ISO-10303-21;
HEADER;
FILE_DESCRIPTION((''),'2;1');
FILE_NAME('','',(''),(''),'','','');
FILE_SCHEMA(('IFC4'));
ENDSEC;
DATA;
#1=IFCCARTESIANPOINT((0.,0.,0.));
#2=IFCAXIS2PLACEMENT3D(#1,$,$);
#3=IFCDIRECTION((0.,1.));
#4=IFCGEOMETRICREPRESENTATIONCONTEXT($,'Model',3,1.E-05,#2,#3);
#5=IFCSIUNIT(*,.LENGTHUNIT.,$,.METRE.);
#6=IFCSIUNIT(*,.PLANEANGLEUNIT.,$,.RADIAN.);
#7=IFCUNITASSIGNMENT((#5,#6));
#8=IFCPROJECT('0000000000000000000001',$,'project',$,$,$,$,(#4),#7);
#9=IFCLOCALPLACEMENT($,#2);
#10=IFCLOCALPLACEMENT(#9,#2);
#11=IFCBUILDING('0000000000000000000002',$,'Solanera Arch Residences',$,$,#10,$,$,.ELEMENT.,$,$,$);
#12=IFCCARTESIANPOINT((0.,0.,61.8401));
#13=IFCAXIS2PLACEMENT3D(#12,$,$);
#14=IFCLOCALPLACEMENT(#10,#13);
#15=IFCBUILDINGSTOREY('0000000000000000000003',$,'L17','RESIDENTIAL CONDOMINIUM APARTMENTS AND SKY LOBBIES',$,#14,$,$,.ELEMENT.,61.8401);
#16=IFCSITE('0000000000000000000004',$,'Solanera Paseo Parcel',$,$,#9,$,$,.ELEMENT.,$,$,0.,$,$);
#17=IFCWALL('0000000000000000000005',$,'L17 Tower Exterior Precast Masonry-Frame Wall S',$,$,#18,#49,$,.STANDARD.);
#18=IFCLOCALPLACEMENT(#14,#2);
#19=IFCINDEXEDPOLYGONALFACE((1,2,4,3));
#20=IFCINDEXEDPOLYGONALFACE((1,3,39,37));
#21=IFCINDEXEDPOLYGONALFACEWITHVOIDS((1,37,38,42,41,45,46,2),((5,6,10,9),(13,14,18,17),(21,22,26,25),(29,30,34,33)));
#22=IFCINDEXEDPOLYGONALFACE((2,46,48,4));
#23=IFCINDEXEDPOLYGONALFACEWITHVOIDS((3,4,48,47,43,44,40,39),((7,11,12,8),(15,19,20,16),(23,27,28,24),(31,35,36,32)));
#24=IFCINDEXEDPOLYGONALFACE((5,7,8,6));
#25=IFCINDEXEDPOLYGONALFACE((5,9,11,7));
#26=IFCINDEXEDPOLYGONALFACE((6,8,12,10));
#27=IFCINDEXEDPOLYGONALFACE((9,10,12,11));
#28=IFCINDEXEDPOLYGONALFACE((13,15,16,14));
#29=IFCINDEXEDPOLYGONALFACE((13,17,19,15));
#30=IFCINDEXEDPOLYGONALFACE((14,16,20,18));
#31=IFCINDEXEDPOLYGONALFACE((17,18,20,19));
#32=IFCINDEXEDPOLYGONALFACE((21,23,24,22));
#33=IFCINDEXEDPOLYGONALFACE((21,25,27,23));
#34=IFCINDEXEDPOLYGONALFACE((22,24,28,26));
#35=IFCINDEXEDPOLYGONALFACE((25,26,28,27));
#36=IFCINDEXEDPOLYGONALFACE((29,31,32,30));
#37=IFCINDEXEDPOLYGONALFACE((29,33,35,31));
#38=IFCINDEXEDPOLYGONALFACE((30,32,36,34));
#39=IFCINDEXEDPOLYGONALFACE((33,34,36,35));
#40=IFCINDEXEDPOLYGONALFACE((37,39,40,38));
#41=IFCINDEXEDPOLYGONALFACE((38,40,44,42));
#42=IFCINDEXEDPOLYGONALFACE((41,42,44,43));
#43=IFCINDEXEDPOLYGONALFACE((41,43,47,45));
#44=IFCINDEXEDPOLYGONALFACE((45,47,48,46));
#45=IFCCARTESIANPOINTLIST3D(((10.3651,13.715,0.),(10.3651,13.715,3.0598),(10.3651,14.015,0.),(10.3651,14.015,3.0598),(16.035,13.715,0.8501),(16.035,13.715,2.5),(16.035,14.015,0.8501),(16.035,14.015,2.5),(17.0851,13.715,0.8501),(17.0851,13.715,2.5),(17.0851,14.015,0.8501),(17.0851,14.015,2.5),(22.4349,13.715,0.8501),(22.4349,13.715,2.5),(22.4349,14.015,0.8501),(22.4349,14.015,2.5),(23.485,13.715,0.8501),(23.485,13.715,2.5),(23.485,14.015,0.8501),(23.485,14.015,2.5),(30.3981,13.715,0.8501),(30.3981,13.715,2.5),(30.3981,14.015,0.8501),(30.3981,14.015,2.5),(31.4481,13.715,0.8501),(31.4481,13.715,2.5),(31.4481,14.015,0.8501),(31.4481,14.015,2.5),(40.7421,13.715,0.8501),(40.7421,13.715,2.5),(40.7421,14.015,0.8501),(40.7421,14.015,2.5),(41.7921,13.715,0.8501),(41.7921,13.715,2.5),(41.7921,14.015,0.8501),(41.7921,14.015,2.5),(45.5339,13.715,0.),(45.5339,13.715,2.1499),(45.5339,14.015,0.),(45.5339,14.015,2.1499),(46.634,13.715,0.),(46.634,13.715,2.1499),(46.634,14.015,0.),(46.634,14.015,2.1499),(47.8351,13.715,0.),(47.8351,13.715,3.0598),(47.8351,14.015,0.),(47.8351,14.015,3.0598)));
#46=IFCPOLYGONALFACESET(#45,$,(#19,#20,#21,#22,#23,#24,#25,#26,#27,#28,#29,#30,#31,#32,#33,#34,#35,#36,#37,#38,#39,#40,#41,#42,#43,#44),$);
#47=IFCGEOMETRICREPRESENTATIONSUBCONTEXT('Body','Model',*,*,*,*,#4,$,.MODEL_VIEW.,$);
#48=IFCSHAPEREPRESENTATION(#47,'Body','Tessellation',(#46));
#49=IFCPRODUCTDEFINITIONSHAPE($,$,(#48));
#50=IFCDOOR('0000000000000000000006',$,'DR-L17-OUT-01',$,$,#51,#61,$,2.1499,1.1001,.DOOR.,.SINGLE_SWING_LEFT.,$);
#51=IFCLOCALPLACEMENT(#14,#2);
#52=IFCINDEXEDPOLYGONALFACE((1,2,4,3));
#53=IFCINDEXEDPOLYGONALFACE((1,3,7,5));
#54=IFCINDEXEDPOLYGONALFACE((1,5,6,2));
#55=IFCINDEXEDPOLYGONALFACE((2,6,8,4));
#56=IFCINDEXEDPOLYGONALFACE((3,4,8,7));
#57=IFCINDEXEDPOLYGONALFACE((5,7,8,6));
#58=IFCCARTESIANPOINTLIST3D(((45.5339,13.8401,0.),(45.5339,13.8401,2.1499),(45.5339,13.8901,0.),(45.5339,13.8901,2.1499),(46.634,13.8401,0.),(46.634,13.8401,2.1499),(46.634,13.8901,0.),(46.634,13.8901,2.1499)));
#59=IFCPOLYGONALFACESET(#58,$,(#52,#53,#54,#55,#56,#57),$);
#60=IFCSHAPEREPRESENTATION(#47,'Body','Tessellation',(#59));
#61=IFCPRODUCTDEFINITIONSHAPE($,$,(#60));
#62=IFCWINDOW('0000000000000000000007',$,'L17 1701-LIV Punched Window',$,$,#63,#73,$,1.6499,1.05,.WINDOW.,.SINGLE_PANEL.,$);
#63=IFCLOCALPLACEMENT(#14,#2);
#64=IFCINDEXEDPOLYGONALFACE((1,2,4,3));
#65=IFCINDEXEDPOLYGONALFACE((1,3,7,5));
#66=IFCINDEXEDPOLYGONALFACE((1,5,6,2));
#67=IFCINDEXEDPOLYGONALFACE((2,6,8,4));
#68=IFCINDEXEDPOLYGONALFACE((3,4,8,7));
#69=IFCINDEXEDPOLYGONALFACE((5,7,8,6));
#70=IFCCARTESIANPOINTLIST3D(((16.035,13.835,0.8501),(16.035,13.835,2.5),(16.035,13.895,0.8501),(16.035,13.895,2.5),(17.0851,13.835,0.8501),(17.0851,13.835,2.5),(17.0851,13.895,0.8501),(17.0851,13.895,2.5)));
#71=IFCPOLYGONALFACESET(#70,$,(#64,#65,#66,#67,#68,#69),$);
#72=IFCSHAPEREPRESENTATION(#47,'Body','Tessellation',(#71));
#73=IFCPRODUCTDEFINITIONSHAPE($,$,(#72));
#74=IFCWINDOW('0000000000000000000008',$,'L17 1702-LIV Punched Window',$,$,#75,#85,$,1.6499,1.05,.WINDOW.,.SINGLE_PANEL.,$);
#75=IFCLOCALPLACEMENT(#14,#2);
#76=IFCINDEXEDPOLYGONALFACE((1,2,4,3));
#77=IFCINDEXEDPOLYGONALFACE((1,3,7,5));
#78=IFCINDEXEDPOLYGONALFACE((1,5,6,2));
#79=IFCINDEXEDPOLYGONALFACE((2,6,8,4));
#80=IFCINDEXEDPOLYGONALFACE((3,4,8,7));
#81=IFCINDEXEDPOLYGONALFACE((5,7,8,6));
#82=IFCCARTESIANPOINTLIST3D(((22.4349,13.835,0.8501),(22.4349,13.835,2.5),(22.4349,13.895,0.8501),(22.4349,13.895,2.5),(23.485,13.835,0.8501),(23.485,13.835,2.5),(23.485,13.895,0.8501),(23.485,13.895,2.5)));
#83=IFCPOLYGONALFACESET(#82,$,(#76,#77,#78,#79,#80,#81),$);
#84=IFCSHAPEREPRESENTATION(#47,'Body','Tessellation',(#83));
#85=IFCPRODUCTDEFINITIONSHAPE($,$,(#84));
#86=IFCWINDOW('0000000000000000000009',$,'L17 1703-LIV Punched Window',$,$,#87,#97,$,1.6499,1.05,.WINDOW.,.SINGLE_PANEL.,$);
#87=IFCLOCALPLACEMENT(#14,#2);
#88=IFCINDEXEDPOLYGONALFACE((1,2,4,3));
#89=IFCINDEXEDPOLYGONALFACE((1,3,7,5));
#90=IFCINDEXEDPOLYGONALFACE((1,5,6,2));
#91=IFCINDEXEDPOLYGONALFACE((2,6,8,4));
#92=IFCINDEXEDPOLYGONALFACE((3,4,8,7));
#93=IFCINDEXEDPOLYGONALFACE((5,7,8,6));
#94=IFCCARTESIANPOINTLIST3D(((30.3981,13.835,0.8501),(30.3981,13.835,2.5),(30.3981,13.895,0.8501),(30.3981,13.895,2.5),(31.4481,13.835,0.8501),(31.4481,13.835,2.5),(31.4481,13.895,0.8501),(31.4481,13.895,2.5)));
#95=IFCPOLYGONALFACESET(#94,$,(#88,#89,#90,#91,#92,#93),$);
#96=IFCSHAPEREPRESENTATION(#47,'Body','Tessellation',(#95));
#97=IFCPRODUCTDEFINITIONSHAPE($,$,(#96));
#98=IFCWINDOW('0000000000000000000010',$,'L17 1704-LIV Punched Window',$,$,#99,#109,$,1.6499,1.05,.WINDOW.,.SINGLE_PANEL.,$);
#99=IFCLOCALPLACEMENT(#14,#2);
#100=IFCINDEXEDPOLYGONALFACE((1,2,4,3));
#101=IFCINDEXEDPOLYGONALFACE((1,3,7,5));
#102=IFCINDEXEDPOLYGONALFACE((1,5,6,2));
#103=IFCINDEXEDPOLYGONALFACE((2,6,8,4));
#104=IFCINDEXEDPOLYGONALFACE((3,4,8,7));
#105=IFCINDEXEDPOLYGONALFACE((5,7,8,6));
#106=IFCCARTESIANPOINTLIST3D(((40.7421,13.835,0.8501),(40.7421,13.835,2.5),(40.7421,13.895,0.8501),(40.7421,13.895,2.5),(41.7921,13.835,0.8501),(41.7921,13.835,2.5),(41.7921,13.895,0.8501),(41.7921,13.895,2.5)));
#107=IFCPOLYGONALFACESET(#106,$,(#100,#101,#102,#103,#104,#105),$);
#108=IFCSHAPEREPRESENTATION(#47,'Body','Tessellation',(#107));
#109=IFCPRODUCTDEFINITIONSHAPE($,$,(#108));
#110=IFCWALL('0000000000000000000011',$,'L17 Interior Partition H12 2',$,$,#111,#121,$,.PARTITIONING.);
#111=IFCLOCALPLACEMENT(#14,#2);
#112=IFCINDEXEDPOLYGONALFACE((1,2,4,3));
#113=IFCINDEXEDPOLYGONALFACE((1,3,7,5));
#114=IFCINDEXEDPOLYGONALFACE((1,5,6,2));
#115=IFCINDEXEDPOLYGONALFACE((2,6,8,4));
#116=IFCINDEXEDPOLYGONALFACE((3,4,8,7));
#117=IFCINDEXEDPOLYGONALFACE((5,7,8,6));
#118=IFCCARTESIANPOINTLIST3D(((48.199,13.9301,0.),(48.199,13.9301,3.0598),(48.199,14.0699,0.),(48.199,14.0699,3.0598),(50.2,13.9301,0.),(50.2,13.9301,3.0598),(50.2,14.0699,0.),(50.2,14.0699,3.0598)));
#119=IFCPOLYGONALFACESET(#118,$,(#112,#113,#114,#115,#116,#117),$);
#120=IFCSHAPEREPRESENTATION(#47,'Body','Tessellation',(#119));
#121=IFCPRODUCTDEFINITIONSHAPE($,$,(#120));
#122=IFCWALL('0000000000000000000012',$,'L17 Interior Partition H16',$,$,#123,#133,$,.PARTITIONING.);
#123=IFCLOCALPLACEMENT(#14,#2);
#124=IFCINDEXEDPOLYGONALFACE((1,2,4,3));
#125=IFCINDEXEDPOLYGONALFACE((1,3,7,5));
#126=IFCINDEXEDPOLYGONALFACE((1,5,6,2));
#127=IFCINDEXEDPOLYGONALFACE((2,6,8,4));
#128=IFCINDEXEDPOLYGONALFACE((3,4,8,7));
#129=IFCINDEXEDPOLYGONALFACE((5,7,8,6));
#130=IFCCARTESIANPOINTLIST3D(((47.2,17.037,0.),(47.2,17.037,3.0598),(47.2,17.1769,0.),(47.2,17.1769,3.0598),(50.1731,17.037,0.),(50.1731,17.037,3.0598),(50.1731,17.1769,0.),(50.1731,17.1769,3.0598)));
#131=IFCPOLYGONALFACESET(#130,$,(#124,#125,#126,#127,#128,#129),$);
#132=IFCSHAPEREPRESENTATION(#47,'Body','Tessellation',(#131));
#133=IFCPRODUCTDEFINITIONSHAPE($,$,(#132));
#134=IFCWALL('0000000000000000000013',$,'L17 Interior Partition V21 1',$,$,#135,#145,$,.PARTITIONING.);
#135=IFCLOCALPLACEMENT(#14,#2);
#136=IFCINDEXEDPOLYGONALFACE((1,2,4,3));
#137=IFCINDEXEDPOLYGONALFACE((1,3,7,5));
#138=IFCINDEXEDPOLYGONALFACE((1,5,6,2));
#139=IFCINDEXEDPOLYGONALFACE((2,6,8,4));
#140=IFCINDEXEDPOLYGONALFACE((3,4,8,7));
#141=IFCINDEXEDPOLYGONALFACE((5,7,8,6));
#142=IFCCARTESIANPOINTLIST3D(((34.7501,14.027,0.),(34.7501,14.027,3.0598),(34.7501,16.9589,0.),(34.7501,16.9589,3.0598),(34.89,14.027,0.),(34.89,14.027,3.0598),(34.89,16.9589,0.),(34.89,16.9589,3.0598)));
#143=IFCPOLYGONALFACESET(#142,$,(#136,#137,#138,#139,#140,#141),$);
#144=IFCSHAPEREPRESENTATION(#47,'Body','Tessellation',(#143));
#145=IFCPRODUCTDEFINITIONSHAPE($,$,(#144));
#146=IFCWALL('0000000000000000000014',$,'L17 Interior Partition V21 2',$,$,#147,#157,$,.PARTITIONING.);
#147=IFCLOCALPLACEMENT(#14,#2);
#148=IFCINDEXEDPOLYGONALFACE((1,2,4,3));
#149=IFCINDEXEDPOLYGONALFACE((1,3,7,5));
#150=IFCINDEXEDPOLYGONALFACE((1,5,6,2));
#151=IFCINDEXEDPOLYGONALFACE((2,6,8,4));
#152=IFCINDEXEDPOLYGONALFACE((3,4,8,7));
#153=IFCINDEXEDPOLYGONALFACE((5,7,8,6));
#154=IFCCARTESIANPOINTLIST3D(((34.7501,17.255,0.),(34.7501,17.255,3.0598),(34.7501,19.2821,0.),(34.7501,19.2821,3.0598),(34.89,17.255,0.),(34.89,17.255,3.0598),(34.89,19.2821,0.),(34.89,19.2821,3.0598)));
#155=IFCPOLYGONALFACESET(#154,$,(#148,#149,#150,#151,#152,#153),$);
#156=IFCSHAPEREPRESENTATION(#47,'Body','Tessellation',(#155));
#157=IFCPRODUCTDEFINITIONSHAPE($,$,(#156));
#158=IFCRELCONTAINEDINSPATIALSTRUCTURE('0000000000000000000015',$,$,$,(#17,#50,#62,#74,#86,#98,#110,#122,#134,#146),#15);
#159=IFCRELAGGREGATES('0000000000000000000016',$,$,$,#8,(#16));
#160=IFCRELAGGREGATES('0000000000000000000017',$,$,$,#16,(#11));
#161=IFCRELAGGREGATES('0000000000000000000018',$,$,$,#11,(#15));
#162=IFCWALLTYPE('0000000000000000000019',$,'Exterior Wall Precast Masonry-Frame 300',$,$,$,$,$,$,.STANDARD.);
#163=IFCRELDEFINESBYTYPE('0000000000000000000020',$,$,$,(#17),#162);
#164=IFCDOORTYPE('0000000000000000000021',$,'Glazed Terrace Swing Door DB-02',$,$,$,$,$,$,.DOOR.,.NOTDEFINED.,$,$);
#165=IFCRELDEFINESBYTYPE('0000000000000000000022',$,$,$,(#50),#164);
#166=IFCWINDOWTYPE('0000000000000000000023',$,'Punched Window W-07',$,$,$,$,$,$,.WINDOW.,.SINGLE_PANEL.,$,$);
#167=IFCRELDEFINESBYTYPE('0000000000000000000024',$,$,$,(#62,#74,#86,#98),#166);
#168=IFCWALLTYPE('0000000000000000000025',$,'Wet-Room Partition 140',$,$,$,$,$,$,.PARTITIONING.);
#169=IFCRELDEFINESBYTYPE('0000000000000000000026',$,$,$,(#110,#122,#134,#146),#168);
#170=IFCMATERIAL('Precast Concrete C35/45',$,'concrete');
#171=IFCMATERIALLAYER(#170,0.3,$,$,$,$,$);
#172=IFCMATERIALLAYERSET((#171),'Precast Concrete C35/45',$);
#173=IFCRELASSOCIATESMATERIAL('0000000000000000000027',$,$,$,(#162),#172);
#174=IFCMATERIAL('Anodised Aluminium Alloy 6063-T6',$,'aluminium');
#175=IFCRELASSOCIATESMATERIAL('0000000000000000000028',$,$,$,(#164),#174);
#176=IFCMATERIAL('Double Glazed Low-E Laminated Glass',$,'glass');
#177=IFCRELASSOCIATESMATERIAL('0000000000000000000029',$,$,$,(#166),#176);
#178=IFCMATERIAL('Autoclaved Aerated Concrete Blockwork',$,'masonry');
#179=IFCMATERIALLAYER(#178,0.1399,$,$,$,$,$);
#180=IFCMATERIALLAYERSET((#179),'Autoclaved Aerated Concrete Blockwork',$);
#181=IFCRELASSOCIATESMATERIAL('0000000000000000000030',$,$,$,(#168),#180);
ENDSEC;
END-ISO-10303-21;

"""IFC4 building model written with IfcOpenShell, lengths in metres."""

from ifc_helpers import new_model, si_unit, direction, frame, frame_2d, origin, place, context, subcontext, project, spatial, rectangle, extrude, material, layer, layer_set, type_object, element, fill, save


model = new_model("IFC4")

# Units and contexts
model_context = context("Model", 3, precision=1e-05, world=origin(), true_north=direction((0.0, 1.0)))
body_context = subcontext(model_context, "Body", "Model", "MODEL_VIEW")
ifc_project = project(units=[si_unit("LENGTHUNIT", "METRE"), si_unit("PLANEANGLEUNIT", "RADIAN")], contexts=[model_context])

# Site, building, storey
site_placement = place(None, origin())
site = spatial("IfcSite", under=ifc_project, at=site_placement, Name="Solanera Paseo Parcel", CompositionType="ELEMENT", RefElevation=0.0)
building_placement = place(site_placement, origin())
building = spatial("IfcBuilding", under=site, at=building_placement, Name="Solanera Arch Residences", CompositionType="ELEMENT")
storey_placement = place(building_placement, frame((0.0, 0.0, 61.8401)))
storey = spatial("IfcBuildingStorey", under=building, at=storey_placement, Name="L17", Description="RESIDENTIAL CONDOMINIUM APARTMENTS AND SKY LOBBIES", CompositionType="ELEMENT", Elevation=61.8401)

# Shared definitions
ifc_material_1 = material(Name="Precast Concrete C35/45", Category="concrete")
ifc_layer_1 = layer(ifc_material_1, 0.3)
ifc_layer_set_1 = layer_set([ifc_layer_1], Name="Precast Concrete C35/45")
wall_type_1 = type_object("IfcWallType", Name="Exterior Wall Precast Masonry-Frame 300", PredefinedType="STANDARD", material=ifc_layer_set_1)

# Wall, openings, door, windows
wall_1_placement = place(storey_placement, frame((47.835, 13.865, 0.0), z_axis=(0.0, 0.0, 1.0), x_axis=(-1.0, 0.0, 0.0)))
wall_1 = element("IfcWall", 1, at=wall_1_placement, inside=storey, type_object=wall_type_1, Name="L17 Tower Exterior Precast Masonry-Frame Wall S", PredefinedType="STANDARD", context=body_context, shape_type="SweptSolid", body=[
    extrude(rectangle(XDim=37.47, YDim=0.3, at=frame_2d((18.7349, 0.0))), origin(), (0.0, 0.0, 1.0), 3.0598),
])
opening_1_placement = place(wall_1_placement, frame((1.2009, 0.0, 0.0)))
opening_1 = element("IfcOpeningElement", 2, at=opening_1_placement, cuts=wall_1, PredefinedType="OPENING", context=body_context, shape_type="SweptSolid", body=[
    extrude(rectangle(XDim=1.1001, YDim=2.1499, at=frame_2d((0.55, 1.075))), frame((0.0, 0.1599, 0.0), z_axis=(0.0, -1.0, 0.0), x_axis=(1.0, 0.0, 0.0)), (0.0, 0.0, 1.0), 0.32),
])
opening_2_placement = place(wall_1_placement, frame((30.75, 0.0, 0.8501)))
opening_2 = element("IfcOpeningElement", 3, at=opening_2_placement, cuts=wall_1, PredefinedType="OPENING", context=body_context, shape_type="SweptSolid", body=[
    extrude(rectangle(XDim=1.05, YDim=1.6499, at=frame_2d((0.5249, 0.825))), frame((0.0, 0.1599, 0.0), z_axis=(0.0, -1.0, 0.0), x_axis=(1.0, 0.0, 0.0)), (0.0, 0.0, 1.0), 0.32),
])
opening_3_placement = place(wall_1_placement, frame((24.3501, 0.0, 0.8501)))
opening_3 = element("IfcOpeningElement", 4, at=opening_3_placement, cuts=wall_1, PredefinedType="OPENING", context=body_context, shape_type="SweptSolid", body=[
    extrude(rectangle(XDim=1.05, YDim=1.6499, at=frame_2d((0.5249, 0.825))), frame((0.0, 0.1599, 0.0), z_axis=(0.0, -1.0, 0.0), x_axis=(1.0, 0.0, 0.0)), (0.0, 0.0, 1.0), 0.32),
])
opening_4_placement = place(wall_1_placement, frame((16.387, 0.0, 0.8501)))
opening_4 = element("IfcOpeningElement", 5, at=opening_4_placement, cuts=wall_1, PredefinedType="OPENING", context=body_context, shape_type="SweptSolid", body=[
    extrude(rectangle(XDim=1.05, YDim=1.6499, at=frame_2d((0.5249, 0.825))), frame((0.0, 0.1599, 0.0), z_axis=(0.0, -1.0, 0.0), x_axis=(1.0, 0.0, 0.0)), (0.0, 0.0, 1.0), 0.32),
])
opening_5_placement = place(wall_1_placement, frame((6.043, 0.0, 0.8501)))
opening_5 = element("IfcOpeningElement", 6, at=opening_5_placement, cuts=wall_1, PredefinedType="OPENING", context=body_context, shape_type="SweptSolid", body=[
    extrude(rectangle(XDim=1.05, YDim=1.6499, at=frame_2d((0.5249, 0.825))), frame((0.0, 0.1599, 0.0), z_axis=(0.0, -1.0, 0.0), x_axis=(1.0, 0.0, 0.0)), (0.0, 0.0, 1.0), 0.32),
])
ifc_material_2 = material(Name="Anodised Aluminium Alloy 6063-T6", Category="aluminium")
door_type_1 = type_object("IfcDoorType", Name="Glazed Terrace Swing Door DB-02", OperationType="NOTDEFINED", PredefinedType="DOOR", material=ifc_material_2)
door_1_placement = place(opening_1_placement, origin())
door_1 = element("IfcDoor", 7, at=door_1_placement, inside=storey, type_object=door_type_1, Name="DR-L17-OUT-01", OperationType="SINGLE_SWING_LEFT", OverallHeight=2.1499, OverallWidth=1.1001, PredefinedType="DOOR", context=body_context, shape_type="SweptSolid", body=[
    extrude(rectangle(XDim=1.1001, YDim=2.1499, at=frame_2d((0.55, 1.075))), frame((0.0, 0.0249, 0.0), z_axis=(0.0, -1.0, 0.0), x_axis=(1.0, 0.0, 0.0)), (0.0, 0.0, 1.0), 0.05),
])
fill(opening_1, door_1)
ifc_material_3 = material(Name="Double Glazed Low-E Laminated Glass", Category="glass")
window_type = type_object("IfcWindowType", Name="Punched Window W-07", PartitioningType="SINGLE_PANEL", PredefinedType="WINDOW", material=ifc_material_3)
window_1_placement = place(opening_2_placement, origin())
window_1 = element("IfcWindow", 8, at=window_1_placement, inside=storey, type_object=window_type, Name="L17 1701-LIV Punched Window", OverallHeight=1.6499, OverallWidth=1.05, PartitioningType="SINGLE_PANEL", PredefinedType="WINDOW", context=body_context, shape_type="SweptSolid", body=[
    extrude(rectangle(XDim=1.05, YDim=1.6499, at=frame_2d((0.5249, 0.825))), frame((0.0, 0.03, 0.0), z_axis=(0.0, -1.0, 0.0), x_axis=(1.0, 0.0, 0.0)), (0.0, 0.0, 1.0), 0.0601),
])
fill(opening_2, window_1)
window_2_placement = place(opening_3_placement, origin())
window_2 = element("IfcWindow", 9, at=window_2_placement, inside=storey, type_object=window_type, Name="L17 1702-LIV Punched Window", OverallHeight=1.6499, OverallWidth=1.05, PartitioningType="SINGLE_PANEL", PredefinedType="WINDOW", context=body_context, shape_type="SweptSolid", body=[
    extrude(rectangle(XDim=1.05, YDim=1.6499, at=frame_2d((0.5249, 0.825))), frame((0.0, 0.03, 0.0), z_axis=(0.0, -1.0, 0.0), x_axis=(1.0, 0.0, 0.0)), (0.0, 0.0, 1.0), 0.0601),
])
fill(opening_3, window_2)
window_3_placement = place(opening_4_placement, origin())
window_3 = element("IfcWindow", 10, at=window_3_placement, inside=storey, type_object=window_type, Name="L17 1703-LIV Punched Window", OverallHeight=1.6499, OverallWidth=1.05, PartitioningType="SINGLE_PANEL", PredefinedType="WINDOW", context=body_context, shape_type="SweptSolid", body=[
    extrude(rectangle(XDim=1.05, YDim=1.6499, at=frame_2d((0.5249, 0.825))), frame((0.0, 0.03, 0.0), z_axis=(0.0, -1.0, 0.0), x_axis=(1.0, 0.0, 0.0)), (0.0, 0.0, 1.0), 0.0601),
])
fill(opening_4, window_3)
window_4_placement = place(opening_5_placement, origin())
window_4 = element("IfcWindow", 11, at=window_4_placement, inside=storey, type_object=window_type, Name="L17 1704-LIV Punched Window", OverallHeight=1.6499, OverallWidth=1.05, PartitioningType="SINGLE_PANEL", PredefinedType="WINDOW", context=body_context, shape_type="SweptSolid", body=[
    extrude(rectangle(XDim=1.05, YDim=1.6499, at=frame_2d((0.5249, 0.825))), frame((0.0, 0.03, 0.0), z_axis=(0.0, -1.0, 0.0), x_axis=(1.0, 0.0, 0.0)), (0.0, 0.0, 1.0), 0.0601),
])
fill(opening_5, window_4)

# Walls
ifc_material_4 = material(Name="Autoclaved Aerated Concrete Blockwork", Category="masonry")
ifc_layer_2 = layer(ifc_material_4, 0.1399)
ifc_layer_set_2 = layer_set([ifc_layer_2], Name="Autoclaved Aerated Concrete Blockwork")
wall_type_2 = type_object("IfcWallType", Name="Wet-Room Partition 140", PredefinedType="PARTITIONING", material=ifc_layer_set_2)
wall_2_placement = place(storey_placement, frame((48.199, 14.0, 0.0), z_axis=(0.0, 0.0, 1.0), x_axis=(1.0, 0.0, 0.0)))
element("IfcWall", 12, at=wall_2_placement, inside=storey, type_object=wall_type_2, Name="L17 Interior Partition H12 2", PredefinedType="PARTITIONING", context=body_context, shape_type="SweptSolid", body=[
    extrude(rectangle(XDim=2.001, YDim=0.1399, at=frame_2d((1.0005, 0.0))), origin(), (0.0, 0.0, 1.0), 3.0598),
])
wall_3_placement = place(storey_placement, frame((47.2, 17.1069, 0.0), z_axis=(0.0, 0.0, 1.0), x_axis=(1.0, 0.0, 0.0)))
element("IfcWall", 13, at=wall_3_placement, inside=storey, type_object=wall_type_2, Name="L17 Interior Partition H16", PredefinedType="PARTITIONING", context=body_context, shape_type="SweptSolid", body=[
    extrude(rectangle(XDim=2.9731, YDim=0.1399, at=frame_2d((1.4866, 0.0))), origin(), (0.0, 0.0, 1.0), 3.0598),
])
wall_4_placement = place(storey_placement, frame((34.8201, 14.0271, 0.0), z_axis=(0.0, 0.0, 1.0), x_axis=(0.0, 1.0, 0.0)))
element("IfcWall", 14, at=wall_4_placement, inside=storey, type_object=wall_type_2, Name="L17 Interior Partition V21 1", PredefinedType="PARTITIONING", context=body_context, shape_type="SweptSolid", body=[
    extrude(rectangle(XDim=2.9319, YDim=0.1399, at=frame_2d((1.4658, 0.0))), origin(), (0.0, 0.0, 1.0), 3.0598),
])
wall_5_placement = place(storey_placement, frame((34.8201, 17.2549, 0.0), z_axis=(0.0, 0.0, 1.0), x_axis=(0.0, 1.0, 0.0)))
element("IfcWall", 15, at=wall_5_placement, inside=storey, type_object=wall_type_2, Name="L17 Interior Partition V21 2", PredefinedType="PARTITIONING", context=body_context, shape_type="SweptSolid", body=[
    extrude(rectangle(XDim=2.0271, YDim=0.1399, at=frame_2d((1.0137, 0.0))), origin(), (0.0, 0.0, 1.0), 3.0598),
])

save(model, "model.ifc")
